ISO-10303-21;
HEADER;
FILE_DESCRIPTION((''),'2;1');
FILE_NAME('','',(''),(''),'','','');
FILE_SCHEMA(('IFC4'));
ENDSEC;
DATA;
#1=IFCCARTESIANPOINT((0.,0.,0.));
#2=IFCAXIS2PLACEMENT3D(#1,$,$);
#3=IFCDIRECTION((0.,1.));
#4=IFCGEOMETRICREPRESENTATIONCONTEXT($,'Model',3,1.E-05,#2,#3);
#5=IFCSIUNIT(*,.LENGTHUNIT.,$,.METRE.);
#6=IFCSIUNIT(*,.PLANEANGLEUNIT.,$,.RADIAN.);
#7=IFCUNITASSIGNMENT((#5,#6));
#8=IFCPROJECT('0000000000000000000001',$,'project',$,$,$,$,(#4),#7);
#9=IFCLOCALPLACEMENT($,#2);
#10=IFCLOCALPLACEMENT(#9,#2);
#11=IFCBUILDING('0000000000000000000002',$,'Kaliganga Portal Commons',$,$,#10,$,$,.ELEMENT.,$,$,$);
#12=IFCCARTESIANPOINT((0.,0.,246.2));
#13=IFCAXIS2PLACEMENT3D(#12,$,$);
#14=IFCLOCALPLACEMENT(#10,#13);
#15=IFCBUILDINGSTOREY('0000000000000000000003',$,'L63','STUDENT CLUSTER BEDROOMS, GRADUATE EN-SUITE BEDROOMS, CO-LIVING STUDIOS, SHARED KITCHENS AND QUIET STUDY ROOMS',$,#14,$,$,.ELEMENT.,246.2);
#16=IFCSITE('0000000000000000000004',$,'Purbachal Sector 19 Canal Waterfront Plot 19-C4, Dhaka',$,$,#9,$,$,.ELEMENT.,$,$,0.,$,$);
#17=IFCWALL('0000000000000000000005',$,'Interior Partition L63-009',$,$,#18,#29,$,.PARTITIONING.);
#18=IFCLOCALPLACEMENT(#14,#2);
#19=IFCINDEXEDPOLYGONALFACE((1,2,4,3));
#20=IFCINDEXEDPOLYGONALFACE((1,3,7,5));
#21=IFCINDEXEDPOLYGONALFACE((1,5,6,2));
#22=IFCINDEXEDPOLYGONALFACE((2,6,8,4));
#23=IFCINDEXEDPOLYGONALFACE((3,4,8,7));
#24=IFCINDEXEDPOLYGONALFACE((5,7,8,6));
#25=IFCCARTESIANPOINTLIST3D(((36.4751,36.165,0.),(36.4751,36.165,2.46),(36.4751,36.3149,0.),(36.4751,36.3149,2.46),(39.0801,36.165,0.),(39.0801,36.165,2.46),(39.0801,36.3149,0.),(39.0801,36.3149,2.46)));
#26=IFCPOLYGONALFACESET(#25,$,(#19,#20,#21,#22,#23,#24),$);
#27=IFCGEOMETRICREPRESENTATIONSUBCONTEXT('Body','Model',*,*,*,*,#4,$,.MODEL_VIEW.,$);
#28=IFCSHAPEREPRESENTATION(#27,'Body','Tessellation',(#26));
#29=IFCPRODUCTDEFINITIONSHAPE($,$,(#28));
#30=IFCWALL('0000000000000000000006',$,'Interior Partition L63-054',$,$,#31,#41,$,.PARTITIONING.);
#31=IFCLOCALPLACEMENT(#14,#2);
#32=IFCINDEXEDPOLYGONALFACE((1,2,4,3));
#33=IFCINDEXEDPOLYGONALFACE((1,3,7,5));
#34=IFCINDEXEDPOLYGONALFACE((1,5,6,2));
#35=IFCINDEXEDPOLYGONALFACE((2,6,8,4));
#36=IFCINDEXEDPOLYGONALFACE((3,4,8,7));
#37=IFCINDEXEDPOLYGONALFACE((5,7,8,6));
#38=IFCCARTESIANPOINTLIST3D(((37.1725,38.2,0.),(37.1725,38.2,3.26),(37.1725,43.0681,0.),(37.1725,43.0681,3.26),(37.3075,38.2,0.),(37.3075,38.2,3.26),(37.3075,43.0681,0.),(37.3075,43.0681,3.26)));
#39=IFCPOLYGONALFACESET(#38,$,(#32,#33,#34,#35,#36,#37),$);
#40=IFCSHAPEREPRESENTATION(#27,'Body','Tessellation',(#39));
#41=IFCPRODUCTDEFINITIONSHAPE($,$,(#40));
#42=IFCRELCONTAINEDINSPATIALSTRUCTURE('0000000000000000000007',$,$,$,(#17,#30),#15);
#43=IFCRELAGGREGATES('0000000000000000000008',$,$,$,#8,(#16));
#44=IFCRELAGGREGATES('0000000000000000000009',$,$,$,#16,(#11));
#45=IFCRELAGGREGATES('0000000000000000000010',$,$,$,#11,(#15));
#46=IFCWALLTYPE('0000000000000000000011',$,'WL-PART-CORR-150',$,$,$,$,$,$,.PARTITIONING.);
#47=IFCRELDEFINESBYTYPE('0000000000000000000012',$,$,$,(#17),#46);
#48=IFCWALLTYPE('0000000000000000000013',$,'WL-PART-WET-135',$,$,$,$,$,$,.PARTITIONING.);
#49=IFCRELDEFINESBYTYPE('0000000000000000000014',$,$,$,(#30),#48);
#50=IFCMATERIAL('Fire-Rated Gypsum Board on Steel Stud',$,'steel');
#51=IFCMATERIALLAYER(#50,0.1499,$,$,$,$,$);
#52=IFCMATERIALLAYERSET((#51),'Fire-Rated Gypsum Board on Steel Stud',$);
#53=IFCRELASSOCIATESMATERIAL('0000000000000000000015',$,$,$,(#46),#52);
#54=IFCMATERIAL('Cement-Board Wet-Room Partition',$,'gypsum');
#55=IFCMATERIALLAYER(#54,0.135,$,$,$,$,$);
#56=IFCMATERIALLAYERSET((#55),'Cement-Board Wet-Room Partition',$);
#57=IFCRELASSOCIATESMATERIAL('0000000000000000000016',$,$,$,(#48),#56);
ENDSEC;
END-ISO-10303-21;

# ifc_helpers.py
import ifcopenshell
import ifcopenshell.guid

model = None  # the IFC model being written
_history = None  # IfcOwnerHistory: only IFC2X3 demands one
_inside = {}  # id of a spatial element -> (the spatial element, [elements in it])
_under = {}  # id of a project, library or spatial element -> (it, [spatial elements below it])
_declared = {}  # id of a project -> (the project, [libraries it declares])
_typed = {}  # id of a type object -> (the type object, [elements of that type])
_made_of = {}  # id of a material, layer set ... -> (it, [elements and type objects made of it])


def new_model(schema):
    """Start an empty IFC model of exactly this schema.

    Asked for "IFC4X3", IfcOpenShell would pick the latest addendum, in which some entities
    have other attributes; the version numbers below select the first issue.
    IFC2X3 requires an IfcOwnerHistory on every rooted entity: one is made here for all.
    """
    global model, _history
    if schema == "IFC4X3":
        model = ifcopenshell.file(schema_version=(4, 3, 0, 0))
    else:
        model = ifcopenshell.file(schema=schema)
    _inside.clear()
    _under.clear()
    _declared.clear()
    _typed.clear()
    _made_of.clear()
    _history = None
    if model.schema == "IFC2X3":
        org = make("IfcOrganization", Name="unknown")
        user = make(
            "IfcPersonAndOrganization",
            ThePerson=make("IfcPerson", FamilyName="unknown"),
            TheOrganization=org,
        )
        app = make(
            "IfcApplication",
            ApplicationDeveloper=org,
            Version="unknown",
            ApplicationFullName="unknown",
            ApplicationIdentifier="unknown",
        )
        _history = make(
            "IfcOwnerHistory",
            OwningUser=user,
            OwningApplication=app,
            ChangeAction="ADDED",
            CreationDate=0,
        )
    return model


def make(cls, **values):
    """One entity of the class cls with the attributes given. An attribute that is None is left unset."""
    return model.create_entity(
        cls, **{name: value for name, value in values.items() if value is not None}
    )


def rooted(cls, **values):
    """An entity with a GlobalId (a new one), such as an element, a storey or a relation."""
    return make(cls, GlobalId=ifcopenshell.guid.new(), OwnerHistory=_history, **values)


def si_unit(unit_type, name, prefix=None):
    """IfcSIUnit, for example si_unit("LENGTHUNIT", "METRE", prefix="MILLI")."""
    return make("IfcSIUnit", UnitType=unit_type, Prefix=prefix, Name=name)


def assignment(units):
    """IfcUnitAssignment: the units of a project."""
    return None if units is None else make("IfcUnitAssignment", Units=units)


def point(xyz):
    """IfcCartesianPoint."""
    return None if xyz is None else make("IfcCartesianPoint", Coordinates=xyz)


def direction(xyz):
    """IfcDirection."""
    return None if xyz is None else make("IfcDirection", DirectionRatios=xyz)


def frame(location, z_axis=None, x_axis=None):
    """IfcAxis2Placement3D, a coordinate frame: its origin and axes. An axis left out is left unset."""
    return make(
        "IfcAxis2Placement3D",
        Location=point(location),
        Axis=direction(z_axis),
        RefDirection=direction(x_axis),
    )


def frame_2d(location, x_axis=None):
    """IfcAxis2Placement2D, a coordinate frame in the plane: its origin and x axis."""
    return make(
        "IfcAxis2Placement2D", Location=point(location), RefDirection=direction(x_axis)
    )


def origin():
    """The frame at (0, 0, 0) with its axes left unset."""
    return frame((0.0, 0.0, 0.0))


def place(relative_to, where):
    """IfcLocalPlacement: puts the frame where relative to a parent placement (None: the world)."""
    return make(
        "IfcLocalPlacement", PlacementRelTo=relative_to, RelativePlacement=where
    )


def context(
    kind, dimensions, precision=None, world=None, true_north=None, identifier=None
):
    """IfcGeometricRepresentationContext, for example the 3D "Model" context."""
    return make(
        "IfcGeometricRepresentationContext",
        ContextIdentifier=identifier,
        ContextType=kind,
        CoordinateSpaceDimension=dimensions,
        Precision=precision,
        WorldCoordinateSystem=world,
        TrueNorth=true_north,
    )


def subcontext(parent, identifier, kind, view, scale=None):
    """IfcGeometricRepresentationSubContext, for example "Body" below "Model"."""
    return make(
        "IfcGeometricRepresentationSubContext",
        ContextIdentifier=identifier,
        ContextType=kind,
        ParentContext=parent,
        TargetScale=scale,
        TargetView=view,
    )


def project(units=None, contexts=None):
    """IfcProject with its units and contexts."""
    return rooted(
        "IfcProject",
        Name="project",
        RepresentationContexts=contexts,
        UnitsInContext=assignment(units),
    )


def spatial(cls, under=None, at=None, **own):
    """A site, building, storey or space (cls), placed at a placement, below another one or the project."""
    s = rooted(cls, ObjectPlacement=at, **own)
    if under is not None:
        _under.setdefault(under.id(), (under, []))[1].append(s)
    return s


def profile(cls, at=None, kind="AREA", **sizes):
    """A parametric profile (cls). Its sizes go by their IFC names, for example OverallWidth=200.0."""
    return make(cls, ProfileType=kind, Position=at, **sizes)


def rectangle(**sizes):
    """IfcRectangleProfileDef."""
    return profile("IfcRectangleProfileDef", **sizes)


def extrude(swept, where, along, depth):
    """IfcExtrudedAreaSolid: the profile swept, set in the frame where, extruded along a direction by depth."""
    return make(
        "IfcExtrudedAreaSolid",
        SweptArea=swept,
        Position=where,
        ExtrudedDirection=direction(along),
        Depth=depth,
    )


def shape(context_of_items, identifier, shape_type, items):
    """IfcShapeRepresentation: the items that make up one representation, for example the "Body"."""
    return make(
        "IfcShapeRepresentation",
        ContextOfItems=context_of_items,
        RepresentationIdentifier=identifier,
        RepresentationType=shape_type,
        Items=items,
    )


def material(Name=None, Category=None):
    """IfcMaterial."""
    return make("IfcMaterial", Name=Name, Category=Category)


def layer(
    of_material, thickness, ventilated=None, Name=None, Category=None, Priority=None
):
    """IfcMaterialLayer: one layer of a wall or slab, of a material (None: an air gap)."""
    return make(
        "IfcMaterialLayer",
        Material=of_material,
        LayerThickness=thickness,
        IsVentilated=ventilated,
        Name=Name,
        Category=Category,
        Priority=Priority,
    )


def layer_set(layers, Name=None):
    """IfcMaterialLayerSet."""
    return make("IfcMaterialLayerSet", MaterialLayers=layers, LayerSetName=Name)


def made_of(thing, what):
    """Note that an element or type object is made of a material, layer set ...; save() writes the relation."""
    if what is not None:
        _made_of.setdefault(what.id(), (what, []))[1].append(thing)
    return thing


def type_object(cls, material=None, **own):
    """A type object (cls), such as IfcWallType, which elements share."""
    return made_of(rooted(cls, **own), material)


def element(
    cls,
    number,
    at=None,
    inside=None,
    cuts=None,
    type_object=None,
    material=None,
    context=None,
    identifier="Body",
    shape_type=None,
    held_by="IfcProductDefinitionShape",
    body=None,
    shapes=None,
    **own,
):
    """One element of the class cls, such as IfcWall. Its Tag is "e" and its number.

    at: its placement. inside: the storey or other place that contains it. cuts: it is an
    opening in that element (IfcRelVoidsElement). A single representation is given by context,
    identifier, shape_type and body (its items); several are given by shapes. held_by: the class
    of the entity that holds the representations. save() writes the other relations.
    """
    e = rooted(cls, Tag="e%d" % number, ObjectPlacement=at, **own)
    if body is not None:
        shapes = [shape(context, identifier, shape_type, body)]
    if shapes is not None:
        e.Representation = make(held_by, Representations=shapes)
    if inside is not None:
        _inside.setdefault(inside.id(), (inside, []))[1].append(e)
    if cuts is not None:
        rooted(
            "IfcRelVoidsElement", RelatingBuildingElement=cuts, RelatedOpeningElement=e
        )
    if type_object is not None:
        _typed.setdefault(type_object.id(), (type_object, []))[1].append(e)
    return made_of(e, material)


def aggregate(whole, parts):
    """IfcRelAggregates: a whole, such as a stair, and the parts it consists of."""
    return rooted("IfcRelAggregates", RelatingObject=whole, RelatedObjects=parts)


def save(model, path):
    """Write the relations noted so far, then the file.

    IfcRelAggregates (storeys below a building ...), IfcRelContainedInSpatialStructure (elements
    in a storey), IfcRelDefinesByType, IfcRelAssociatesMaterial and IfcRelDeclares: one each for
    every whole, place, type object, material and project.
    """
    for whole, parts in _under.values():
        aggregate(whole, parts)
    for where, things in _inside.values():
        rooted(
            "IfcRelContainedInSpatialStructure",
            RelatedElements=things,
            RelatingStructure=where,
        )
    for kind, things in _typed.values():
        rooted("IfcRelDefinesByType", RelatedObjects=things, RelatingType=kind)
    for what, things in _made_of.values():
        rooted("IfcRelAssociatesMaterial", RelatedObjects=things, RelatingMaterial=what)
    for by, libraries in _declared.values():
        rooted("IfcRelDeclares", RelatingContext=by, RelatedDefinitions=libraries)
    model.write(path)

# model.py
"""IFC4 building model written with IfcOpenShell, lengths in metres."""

from ifc_helpers import new_model, si_unit, direction, frame, frame_2d, origin, place, context, subcontext, project, spatial, rectangle, extrude, material, layer, layer_set, type_object, element, save


model = new_model("IFC4")

# Units and contexts
model_context = context("Model", 3, precision=1e-05, world=origin(), true_north=direction((0.0, 1.0)))
body_context = subcontext(model_context, "Body", "Model", "MODEL_VIEW")
ifc_project = project(units=[si_unit("LENGTHUNIT", "METRE"), si_unit("PLANEANGLEUNIT", "RADIAN")], contexts=[model_context])

# Site, building, storey
site_placement = place(None, origin())
site = spatial("IfcSite", under=ifc_project, at=site_placement, Name="Purbachal Sector 19 Canal Waterfront Plot 19-C4, Dhaka", CompositionType="ELEMENT", RefElevation=0.0)
building_placement = place(site_placement, origin())
building = spatial("IfcBuilding", under=site, at=building_placement, Name="Kaliganga Portal Commons", CompositionType="ELEMENT")
storey_placement = place(building_placement, frame((0.0, 0.0, 246.2)))
storey = spatial("IfcBuildingStorey", under=building, at=storey_placement, Name="L63", Description="STUDENT CLUSTER BEDROOMS, GRADUATE EN-SUITE BEDROOMS, CO-LIVING STUDIOS, SHARED KITCHENS AND QUIET STUDY ROOMS", CompositionType="ELEMENT", Elevation=246.2)

# Wall
ifc_material_1 = material(Name="Fire-Rated Gypsum Board on Steel Stud", Category="steel")
ifc_layer_1 = layer(ifc_material_1, 0.1499)
ifc_layer_set_1 = layer_set([ifc_layer_1], Name="Fire-Rated Gypsum Board on Steel Stud")
wall_type_1 = type_object("IfcWallType", Name="WL-PART-CORR-150", PredefinedType="PARTITIONING", material=ifc_layer_set_1)
wall_1_placement = place(storey_placement, frame((36.4751, 36.24, 0.0), z_axis=(0.0, 0.0, 1.0), x_axis=(1.0, 0.0, 0.0)))
element("IfcWall", 1, at=wall_1_placement, inside=storey, type_object=wall_type_1, Name="Interior Partition L63-009", PredefinedType="PARTITIONING", context=body_context, shape_type="SweptSolid", body=[
    extrude(rectangle(XDim=2.605, YDim=0.1499, at=frame_2d((1.3025, 0.0))), origin(), (0.0, 0.0, 1.0), 2.46),
])

# Wall
ifc_material_2 = material(Name="Cement-Board Wet-Room Partition", Category="gypsum")
ifc_layer_2 = layer(ifc_material_2, 0.135)
ifc_layer_set_2 = layer_set([ifc_layer_2], Name="Cement-Board Wet-Room Partition")
wall_type_2 = type_object("IfcWallType", Name="WL-PART-WET-135", PredefinedType="PARTITIONING", material=ifc_layer_set_2)
wall_2_placement = place(storey_placement, frame((37.24, 38.2, 0.0), z_axis=(0.0, 0.0, 1.0), x_axis=(0.0, 1.0, 0.0)))
element("IfcWall", 2, at=wall_2_placement, inside=storey, type_object=wall_type_2, Name="Interior Partition L63-054", PredefinedType="PARTITIONING", context=body_context, shape_type="SweptSolid", body=[
    extrude(rectangle(XDim=4.8682, YDim=0.135, at=frame_2d((2.4341, 0.0))), origin(), (0.0, 0.0, 1.0), 3.26),
])

save(model, "model.ifc")
